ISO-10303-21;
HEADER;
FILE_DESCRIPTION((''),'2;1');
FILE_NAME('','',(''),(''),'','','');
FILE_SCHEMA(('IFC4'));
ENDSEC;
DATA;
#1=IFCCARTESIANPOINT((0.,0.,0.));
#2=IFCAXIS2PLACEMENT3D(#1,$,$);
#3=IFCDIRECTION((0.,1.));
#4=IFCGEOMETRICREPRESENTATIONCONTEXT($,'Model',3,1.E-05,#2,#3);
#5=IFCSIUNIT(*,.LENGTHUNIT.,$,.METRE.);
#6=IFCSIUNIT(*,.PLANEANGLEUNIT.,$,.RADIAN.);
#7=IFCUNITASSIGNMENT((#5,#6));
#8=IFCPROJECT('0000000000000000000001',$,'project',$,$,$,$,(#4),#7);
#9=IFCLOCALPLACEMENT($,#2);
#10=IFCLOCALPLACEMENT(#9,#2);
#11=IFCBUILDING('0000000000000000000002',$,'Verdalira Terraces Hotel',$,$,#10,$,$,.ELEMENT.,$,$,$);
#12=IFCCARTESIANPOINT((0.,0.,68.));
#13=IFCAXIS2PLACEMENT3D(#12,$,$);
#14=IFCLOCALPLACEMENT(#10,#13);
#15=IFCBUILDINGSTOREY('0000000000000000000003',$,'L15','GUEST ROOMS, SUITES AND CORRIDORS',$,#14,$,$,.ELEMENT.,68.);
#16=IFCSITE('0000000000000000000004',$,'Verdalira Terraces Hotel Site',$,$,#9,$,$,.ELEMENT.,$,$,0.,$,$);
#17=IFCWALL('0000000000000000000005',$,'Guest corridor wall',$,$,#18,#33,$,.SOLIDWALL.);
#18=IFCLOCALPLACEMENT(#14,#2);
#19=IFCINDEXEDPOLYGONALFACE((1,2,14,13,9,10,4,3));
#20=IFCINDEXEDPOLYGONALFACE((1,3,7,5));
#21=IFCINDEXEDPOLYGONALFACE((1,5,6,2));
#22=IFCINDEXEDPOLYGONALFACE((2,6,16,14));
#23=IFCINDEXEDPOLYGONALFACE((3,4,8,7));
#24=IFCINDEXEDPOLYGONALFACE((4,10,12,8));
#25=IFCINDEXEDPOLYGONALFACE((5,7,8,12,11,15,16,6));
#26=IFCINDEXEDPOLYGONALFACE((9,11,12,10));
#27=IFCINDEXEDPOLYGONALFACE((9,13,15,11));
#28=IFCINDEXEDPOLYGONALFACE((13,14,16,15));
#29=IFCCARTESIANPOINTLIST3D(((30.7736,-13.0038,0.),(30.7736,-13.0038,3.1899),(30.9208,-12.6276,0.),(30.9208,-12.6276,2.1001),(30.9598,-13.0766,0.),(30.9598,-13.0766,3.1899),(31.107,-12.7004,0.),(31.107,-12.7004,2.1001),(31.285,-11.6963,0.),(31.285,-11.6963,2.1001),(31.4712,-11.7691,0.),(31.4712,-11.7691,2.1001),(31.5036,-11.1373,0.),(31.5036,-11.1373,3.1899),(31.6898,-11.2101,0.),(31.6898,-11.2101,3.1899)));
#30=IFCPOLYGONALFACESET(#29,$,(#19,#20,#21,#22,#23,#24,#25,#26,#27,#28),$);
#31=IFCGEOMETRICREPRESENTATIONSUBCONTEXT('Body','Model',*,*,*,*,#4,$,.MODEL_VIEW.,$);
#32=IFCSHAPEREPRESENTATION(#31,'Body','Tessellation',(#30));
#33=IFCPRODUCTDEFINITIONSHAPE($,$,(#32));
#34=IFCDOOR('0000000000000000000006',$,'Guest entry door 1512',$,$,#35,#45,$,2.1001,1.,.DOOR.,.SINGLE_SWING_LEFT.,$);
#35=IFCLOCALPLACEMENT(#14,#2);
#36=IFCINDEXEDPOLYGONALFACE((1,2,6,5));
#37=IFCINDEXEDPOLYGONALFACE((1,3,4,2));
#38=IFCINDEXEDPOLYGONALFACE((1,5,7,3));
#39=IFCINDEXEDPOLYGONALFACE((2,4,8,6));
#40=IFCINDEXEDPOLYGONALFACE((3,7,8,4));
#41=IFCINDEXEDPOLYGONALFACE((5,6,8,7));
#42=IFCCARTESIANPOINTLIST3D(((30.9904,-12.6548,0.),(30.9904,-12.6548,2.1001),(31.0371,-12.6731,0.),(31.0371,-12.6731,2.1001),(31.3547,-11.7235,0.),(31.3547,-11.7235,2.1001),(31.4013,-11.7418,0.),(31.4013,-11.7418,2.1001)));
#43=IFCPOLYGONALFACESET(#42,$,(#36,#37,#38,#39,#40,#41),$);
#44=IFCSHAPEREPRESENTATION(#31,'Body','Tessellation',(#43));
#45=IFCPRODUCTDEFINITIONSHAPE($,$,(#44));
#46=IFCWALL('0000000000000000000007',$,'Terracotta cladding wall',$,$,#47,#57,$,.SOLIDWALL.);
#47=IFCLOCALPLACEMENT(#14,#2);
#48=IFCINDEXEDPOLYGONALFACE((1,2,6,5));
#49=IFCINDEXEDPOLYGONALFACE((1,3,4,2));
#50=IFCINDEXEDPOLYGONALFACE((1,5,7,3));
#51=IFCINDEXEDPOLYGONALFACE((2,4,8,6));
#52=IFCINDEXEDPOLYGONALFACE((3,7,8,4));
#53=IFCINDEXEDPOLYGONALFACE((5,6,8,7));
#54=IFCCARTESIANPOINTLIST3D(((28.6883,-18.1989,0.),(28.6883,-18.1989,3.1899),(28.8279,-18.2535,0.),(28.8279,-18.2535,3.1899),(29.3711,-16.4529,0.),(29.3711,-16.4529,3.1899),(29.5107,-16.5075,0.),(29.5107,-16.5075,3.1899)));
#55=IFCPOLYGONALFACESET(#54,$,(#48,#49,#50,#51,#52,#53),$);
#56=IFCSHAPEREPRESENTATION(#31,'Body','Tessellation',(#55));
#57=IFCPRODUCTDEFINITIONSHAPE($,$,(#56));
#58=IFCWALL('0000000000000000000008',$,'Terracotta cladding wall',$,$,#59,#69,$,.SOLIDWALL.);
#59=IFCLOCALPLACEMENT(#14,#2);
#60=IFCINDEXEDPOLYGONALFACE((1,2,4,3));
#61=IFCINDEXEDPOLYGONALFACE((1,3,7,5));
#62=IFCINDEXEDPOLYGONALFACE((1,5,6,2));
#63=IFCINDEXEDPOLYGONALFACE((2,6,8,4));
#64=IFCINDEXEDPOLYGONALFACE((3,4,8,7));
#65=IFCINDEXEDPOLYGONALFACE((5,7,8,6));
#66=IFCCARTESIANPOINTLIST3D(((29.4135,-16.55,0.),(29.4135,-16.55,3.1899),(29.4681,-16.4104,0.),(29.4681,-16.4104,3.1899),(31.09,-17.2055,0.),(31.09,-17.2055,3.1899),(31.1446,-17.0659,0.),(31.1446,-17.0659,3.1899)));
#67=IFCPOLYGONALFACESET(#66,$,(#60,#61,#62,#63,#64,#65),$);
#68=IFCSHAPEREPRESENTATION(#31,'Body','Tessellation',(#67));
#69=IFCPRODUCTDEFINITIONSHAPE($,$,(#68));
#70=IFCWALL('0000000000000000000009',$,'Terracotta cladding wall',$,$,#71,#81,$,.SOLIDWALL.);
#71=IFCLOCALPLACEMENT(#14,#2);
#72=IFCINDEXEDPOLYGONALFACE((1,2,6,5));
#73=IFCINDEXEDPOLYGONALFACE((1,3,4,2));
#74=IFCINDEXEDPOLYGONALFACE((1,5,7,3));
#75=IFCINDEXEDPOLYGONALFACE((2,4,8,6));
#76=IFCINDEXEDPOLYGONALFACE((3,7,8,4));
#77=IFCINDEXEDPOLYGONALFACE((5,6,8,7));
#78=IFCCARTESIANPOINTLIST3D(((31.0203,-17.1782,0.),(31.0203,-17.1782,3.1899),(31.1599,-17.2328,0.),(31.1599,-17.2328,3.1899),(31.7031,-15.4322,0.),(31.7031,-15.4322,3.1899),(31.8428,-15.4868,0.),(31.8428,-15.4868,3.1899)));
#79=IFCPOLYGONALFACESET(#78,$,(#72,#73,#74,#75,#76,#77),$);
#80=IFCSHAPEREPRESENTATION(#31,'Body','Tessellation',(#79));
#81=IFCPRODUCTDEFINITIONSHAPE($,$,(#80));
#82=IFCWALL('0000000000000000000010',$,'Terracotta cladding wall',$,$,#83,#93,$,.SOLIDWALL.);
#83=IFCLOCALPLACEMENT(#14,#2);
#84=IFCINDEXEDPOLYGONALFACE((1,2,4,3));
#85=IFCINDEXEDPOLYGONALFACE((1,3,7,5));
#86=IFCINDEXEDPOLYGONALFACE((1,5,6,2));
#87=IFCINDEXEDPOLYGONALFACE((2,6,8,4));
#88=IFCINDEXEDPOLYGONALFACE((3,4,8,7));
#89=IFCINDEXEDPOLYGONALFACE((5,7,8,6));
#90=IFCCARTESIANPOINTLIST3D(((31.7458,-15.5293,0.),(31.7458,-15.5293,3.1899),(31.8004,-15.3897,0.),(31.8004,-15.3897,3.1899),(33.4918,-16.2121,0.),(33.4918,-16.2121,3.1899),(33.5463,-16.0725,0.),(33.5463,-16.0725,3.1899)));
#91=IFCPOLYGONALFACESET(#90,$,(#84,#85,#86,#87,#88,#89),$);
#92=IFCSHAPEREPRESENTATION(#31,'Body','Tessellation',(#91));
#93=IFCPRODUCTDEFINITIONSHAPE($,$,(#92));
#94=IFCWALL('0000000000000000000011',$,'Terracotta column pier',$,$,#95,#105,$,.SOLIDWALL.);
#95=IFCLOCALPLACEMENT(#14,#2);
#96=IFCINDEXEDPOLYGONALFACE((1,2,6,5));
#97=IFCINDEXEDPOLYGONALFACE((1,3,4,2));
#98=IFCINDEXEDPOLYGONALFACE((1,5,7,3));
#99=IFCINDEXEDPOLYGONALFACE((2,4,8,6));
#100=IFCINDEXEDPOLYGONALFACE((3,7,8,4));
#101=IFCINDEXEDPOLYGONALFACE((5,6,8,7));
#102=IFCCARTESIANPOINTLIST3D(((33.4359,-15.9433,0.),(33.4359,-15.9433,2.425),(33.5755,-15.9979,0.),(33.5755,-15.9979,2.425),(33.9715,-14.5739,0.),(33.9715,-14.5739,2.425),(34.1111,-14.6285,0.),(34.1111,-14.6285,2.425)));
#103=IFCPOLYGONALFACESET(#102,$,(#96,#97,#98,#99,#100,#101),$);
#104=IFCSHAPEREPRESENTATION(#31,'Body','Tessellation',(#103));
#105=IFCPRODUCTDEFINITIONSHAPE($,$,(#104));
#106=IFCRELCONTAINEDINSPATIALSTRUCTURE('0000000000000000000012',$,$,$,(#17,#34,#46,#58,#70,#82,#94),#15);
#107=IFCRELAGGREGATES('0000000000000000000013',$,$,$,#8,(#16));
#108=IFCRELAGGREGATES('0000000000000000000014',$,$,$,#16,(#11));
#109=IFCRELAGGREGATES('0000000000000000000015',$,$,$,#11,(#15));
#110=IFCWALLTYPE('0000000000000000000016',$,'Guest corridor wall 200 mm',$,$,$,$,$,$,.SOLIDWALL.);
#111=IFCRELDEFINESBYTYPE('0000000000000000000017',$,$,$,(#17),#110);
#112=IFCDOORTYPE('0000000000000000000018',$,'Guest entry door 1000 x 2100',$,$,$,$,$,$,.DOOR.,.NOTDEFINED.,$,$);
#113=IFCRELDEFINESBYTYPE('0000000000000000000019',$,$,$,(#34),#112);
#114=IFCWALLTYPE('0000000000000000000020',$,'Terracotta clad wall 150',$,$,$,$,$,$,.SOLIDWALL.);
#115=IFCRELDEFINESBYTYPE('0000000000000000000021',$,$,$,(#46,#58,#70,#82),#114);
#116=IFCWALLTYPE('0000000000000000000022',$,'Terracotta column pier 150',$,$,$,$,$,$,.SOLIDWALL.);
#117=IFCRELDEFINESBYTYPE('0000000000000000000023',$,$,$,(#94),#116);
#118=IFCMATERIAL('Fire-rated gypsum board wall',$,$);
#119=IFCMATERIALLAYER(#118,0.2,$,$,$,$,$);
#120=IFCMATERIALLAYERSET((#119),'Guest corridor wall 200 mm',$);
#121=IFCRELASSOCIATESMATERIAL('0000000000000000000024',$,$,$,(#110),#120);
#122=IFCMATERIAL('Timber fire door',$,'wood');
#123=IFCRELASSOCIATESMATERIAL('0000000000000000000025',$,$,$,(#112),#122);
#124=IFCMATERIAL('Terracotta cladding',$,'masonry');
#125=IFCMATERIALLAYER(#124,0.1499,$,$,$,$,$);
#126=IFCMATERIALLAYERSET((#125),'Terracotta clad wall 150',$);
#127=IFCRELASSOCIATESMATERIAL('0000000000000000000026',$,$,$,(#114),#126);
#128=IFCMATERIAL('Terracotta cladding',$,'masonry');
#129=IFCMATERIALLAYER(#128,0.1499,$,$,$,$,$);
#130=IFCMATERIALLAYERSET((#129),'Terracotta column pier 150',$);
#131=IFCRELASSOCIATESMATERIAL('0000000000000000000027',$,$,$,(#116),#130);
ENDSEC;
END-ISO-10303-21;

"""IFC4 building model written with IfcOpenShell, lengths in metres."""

from ifc_helpers import new_model, si_unit, direction, frame, frame_2d, origin, place, context, subcontext, project, spatial, rectangle, extrude, material, layer, layer_set, type_object, element, fill, save


model = new_model("IFC4")

# Units and contexts
model_context = context("Model", 3, precision=1e-05, world=origin(), true_north=direction((0.0, 1.0)))
body_context = subcontext(model_context, "Body", "Model", "MODEL_VIEW")
ifc_project = project(units=[si_unit("LENGTHUNIT", "METRE"), si_unit("PLANEANGLEUNIT", "RADIAN")], contexts=[model_context])

# Site, building, storey
site_placement = place(None, origin())
site = spatial("IfcSite", under=ifc_project, at=site_placement, Name="Verdalira Terraces Hotel Site", CompositionType="ELEMENT", RefElevation=0.0)
building_placement = place(site_placement, origin())
building = spatial("IfcBuilding", under=site, at=building_placement, Name="Verdalira Terraces Hotel", CompositionType="ELEMENT")
storey_placement = place(building_placement, frame((0.0, 0.0, 68.0)))
storey = spatial("IfcBuildingStorey", under=building, at=storey_placement, Name="L15", Description="GUEST ROOMS, SUITES AND CORRIDORS", CompositionType="ELEMENT", Elevation=68.0)

# Wall, opening, door
ifc_material_1 = material(Name="Fire-rated gypsum board wall")
ifc_layer_1 = layer(ifc_material_1, 0.2)
ifc_layer_set_1 = layer_set([ifc_layer_1], Name="Guest corridor wall 200 mm")
wall_type_1 = type_object("IfcWallType", Name="Guest corridor wall 200 mm", PredefinedType="SOLIDWALL", material=ifc_layer_set_1)
ifc_material_2 = material(Name="Timber fire door", Category="wood")
door_type_1 = type_object("IfcDoorType", Name="Guest entry door 1000 x 2100", OperationType="NOTDEFINED", PredefinedType="DOOR", material=ifc_material_2)
wall_1_placement = place(storey_placement, frame((31.5967, -11.1738, 0.0), z_axis=(0.0, 0.0, 1.0), x_axis=(-0.364239, -0.931306, 0.0)))
wall_1 = element("IfcWall", 1, at=wall_1_placement, inside=storey, type_object=wall_type_1, Name="Guest corridor wall", PredefinedType="SOLIDWALL", context=body_context, shape_type="SweptSolid", body=[
    extrude(rectangle(XDim=2.0042, YDim=0.2, at=frame_2d((1.002, 0.0))), origin(), (0.0, 0.0, 1.0), 3.1899),
])
opening_1_placement = place(wall_1_placement, frame((0.6001, 0.0, 0.0)))
opening_1 = element("IfcOpeningElement", 2, at=opening_1_placement, cuts=wall_1, PredefinedType="OPENING", context=body_context, shape_type="SweptSolid", body=[
    extrude(rectangle(XDim=1.0, YDim=2.1001, at=frame_2d((0.5, 1.05))), frame((0.0, 0.1099, 0.0), z_axis=(0.0, -1.0, 0.0), x_axis=(1.0, 0.0, 0.0)), (0.0, 0.0, 1.0), 0.22),
])
door_1_placement = place(opening_1_placement, origin())
door_1 = element("IfcDoor", 3, at=door_1_placement, inside=storey, type_object=door_type_1, Name="Guest entry door 1512", OperationType="SINGLE_SWING_LEFT", OverallHeight=2.1001, OverallWidth=1.0, PredefinedType="DOOR", context=body_context, shape_type="SweptSolid", body=[
    extrude(rectangle(XDim=1.0, YDim=2.1001, at=frame_2d((0.5, 1.05))), frame((0.0, 0.0249, 0.0), z_axis=(0.0, -1.0, 0.0), x_axis=(1.0, 0.0, 0.0)), (0.0, 0.0, 1.0), 0.05),
])
fill(opening_1, door_1)

# Walls
ifc_material_3 = material(Name="Terracotta cladding", Category="masonry")
ifc_layer_2 = layer(ifc_material_3, 0.1499)
ifc_layer_set_2 = layer_set([ifc_layer_2], Name="Terracotta clad wall 150")
wall_type_2 = type_object("IfcWallType", Name="Terracotta clad wall 150", PredefinedType="SOLIDWALL", material=ifc_layer_set_2)
wall_2_placement = place(storey_placement, frame((28.7581, -18.2263, 0.0), z_axis=(0.0, 0.0, 1.0), x_axis=(0.364218, 0.931314, 0.0)))
element("IfcWall", 4, at=wall_2_placement, inside=storey, type_object=wall_type_2, Name="Terracotta cladding wall", PredefinedType="SOLIDWALL", context=body_context, shape_type="SweptSolid", body=[
    extrude(rectangle(XDim=1.8748, YDim=0.1499, at=frame_2d((0.9375, 0.0))), origin(), (0.0, 0.0, 1.0), 3.1899),
])
wall_3_placement = place(storey_placement, frame((29.4409, -16.4802, 0.0), z_axis=(0.0, 0.0, 1.0), x_axis=(0.931339, -0.364154, 0.0)))
element("IfcWall", 5, at=wall_3_placement, inside=storey, type_object=wall_type_2, Name="Terracotta cladding wall", PredefinedType="SOLIDWALL", context=body_context, shape_type="SweptSolid", body=[
    extrude(rectangle(XDim=1.8, YDim=0.1499, at=frame_2d((0.8999, 0.0))), origin(), (0.0, 0.0, 1.0), 3.1899),
])
for number, where, z_axis, x_axis, name in (
    (6, (31.0901, -17.2056, 0.0), (0.0, 0.0, 1.0), (0.364218, 0.931314, 0.0), "Terracotta cladding wall"),
    (7, (31.7729, -15.4595, 0.0), (0.0, 0.0, 1.0), (0.931314, -0.364218, 0.0), "Terracotta cladding wall"),
):
    element("IfcWall", number, at=place(storey_placement, frame(where, z_axis=z_axis, x_axis=x_axis)), inside=storey, type_object=wall_type_2, Name=name, PredefinedType="SOLIDWALL", context=body_context, shape_type="SweptSolid", body=[
        extrude(rectangle(XDim=1.8748, YDim=0.1499, at=frame_2d((0.9375, 0.0))), origin(), (0.0, 0.0, 1.0), 3.1899),
    ])
ifc_material_4 = material(Name="Terracotta cladding", Category="masonry")
ifc_layer_3 = layer(ifc_material_4, 0.1499)
ifc_layer_set_3 = layer_set([ifc_layer_3], Name="Terracotta column pier 150")
wall_type_3 = type_object("IfcWallType", Name="Terracotta column pier 150", PredefinedType="SOLIDWALL", material=ifc_layer_set_3)
wall_4_placement = place(storey_placement, frame((33.5056, -15.9707, 0.0), z_axis=(0.0, 0.0, 1.0), x_axis=(0.36428, 0.931289, 0.0)))
element("IfcWall", 8, at=wall_4_placement, inside=storey, type_object=wall_type_3, Name="Terracotta column pier", PredefinedType="SOLIDWALL", context=body_context, shape_type="SweptSolid", body=[
    extrude(rectangle(XDim=1.4705, YDim=0.1499, at=frame_2d((0.7354, 0.0))), origin(), (0.0, 0.0, 1.0), 2.425),
])

save(model, "model.ifc")
